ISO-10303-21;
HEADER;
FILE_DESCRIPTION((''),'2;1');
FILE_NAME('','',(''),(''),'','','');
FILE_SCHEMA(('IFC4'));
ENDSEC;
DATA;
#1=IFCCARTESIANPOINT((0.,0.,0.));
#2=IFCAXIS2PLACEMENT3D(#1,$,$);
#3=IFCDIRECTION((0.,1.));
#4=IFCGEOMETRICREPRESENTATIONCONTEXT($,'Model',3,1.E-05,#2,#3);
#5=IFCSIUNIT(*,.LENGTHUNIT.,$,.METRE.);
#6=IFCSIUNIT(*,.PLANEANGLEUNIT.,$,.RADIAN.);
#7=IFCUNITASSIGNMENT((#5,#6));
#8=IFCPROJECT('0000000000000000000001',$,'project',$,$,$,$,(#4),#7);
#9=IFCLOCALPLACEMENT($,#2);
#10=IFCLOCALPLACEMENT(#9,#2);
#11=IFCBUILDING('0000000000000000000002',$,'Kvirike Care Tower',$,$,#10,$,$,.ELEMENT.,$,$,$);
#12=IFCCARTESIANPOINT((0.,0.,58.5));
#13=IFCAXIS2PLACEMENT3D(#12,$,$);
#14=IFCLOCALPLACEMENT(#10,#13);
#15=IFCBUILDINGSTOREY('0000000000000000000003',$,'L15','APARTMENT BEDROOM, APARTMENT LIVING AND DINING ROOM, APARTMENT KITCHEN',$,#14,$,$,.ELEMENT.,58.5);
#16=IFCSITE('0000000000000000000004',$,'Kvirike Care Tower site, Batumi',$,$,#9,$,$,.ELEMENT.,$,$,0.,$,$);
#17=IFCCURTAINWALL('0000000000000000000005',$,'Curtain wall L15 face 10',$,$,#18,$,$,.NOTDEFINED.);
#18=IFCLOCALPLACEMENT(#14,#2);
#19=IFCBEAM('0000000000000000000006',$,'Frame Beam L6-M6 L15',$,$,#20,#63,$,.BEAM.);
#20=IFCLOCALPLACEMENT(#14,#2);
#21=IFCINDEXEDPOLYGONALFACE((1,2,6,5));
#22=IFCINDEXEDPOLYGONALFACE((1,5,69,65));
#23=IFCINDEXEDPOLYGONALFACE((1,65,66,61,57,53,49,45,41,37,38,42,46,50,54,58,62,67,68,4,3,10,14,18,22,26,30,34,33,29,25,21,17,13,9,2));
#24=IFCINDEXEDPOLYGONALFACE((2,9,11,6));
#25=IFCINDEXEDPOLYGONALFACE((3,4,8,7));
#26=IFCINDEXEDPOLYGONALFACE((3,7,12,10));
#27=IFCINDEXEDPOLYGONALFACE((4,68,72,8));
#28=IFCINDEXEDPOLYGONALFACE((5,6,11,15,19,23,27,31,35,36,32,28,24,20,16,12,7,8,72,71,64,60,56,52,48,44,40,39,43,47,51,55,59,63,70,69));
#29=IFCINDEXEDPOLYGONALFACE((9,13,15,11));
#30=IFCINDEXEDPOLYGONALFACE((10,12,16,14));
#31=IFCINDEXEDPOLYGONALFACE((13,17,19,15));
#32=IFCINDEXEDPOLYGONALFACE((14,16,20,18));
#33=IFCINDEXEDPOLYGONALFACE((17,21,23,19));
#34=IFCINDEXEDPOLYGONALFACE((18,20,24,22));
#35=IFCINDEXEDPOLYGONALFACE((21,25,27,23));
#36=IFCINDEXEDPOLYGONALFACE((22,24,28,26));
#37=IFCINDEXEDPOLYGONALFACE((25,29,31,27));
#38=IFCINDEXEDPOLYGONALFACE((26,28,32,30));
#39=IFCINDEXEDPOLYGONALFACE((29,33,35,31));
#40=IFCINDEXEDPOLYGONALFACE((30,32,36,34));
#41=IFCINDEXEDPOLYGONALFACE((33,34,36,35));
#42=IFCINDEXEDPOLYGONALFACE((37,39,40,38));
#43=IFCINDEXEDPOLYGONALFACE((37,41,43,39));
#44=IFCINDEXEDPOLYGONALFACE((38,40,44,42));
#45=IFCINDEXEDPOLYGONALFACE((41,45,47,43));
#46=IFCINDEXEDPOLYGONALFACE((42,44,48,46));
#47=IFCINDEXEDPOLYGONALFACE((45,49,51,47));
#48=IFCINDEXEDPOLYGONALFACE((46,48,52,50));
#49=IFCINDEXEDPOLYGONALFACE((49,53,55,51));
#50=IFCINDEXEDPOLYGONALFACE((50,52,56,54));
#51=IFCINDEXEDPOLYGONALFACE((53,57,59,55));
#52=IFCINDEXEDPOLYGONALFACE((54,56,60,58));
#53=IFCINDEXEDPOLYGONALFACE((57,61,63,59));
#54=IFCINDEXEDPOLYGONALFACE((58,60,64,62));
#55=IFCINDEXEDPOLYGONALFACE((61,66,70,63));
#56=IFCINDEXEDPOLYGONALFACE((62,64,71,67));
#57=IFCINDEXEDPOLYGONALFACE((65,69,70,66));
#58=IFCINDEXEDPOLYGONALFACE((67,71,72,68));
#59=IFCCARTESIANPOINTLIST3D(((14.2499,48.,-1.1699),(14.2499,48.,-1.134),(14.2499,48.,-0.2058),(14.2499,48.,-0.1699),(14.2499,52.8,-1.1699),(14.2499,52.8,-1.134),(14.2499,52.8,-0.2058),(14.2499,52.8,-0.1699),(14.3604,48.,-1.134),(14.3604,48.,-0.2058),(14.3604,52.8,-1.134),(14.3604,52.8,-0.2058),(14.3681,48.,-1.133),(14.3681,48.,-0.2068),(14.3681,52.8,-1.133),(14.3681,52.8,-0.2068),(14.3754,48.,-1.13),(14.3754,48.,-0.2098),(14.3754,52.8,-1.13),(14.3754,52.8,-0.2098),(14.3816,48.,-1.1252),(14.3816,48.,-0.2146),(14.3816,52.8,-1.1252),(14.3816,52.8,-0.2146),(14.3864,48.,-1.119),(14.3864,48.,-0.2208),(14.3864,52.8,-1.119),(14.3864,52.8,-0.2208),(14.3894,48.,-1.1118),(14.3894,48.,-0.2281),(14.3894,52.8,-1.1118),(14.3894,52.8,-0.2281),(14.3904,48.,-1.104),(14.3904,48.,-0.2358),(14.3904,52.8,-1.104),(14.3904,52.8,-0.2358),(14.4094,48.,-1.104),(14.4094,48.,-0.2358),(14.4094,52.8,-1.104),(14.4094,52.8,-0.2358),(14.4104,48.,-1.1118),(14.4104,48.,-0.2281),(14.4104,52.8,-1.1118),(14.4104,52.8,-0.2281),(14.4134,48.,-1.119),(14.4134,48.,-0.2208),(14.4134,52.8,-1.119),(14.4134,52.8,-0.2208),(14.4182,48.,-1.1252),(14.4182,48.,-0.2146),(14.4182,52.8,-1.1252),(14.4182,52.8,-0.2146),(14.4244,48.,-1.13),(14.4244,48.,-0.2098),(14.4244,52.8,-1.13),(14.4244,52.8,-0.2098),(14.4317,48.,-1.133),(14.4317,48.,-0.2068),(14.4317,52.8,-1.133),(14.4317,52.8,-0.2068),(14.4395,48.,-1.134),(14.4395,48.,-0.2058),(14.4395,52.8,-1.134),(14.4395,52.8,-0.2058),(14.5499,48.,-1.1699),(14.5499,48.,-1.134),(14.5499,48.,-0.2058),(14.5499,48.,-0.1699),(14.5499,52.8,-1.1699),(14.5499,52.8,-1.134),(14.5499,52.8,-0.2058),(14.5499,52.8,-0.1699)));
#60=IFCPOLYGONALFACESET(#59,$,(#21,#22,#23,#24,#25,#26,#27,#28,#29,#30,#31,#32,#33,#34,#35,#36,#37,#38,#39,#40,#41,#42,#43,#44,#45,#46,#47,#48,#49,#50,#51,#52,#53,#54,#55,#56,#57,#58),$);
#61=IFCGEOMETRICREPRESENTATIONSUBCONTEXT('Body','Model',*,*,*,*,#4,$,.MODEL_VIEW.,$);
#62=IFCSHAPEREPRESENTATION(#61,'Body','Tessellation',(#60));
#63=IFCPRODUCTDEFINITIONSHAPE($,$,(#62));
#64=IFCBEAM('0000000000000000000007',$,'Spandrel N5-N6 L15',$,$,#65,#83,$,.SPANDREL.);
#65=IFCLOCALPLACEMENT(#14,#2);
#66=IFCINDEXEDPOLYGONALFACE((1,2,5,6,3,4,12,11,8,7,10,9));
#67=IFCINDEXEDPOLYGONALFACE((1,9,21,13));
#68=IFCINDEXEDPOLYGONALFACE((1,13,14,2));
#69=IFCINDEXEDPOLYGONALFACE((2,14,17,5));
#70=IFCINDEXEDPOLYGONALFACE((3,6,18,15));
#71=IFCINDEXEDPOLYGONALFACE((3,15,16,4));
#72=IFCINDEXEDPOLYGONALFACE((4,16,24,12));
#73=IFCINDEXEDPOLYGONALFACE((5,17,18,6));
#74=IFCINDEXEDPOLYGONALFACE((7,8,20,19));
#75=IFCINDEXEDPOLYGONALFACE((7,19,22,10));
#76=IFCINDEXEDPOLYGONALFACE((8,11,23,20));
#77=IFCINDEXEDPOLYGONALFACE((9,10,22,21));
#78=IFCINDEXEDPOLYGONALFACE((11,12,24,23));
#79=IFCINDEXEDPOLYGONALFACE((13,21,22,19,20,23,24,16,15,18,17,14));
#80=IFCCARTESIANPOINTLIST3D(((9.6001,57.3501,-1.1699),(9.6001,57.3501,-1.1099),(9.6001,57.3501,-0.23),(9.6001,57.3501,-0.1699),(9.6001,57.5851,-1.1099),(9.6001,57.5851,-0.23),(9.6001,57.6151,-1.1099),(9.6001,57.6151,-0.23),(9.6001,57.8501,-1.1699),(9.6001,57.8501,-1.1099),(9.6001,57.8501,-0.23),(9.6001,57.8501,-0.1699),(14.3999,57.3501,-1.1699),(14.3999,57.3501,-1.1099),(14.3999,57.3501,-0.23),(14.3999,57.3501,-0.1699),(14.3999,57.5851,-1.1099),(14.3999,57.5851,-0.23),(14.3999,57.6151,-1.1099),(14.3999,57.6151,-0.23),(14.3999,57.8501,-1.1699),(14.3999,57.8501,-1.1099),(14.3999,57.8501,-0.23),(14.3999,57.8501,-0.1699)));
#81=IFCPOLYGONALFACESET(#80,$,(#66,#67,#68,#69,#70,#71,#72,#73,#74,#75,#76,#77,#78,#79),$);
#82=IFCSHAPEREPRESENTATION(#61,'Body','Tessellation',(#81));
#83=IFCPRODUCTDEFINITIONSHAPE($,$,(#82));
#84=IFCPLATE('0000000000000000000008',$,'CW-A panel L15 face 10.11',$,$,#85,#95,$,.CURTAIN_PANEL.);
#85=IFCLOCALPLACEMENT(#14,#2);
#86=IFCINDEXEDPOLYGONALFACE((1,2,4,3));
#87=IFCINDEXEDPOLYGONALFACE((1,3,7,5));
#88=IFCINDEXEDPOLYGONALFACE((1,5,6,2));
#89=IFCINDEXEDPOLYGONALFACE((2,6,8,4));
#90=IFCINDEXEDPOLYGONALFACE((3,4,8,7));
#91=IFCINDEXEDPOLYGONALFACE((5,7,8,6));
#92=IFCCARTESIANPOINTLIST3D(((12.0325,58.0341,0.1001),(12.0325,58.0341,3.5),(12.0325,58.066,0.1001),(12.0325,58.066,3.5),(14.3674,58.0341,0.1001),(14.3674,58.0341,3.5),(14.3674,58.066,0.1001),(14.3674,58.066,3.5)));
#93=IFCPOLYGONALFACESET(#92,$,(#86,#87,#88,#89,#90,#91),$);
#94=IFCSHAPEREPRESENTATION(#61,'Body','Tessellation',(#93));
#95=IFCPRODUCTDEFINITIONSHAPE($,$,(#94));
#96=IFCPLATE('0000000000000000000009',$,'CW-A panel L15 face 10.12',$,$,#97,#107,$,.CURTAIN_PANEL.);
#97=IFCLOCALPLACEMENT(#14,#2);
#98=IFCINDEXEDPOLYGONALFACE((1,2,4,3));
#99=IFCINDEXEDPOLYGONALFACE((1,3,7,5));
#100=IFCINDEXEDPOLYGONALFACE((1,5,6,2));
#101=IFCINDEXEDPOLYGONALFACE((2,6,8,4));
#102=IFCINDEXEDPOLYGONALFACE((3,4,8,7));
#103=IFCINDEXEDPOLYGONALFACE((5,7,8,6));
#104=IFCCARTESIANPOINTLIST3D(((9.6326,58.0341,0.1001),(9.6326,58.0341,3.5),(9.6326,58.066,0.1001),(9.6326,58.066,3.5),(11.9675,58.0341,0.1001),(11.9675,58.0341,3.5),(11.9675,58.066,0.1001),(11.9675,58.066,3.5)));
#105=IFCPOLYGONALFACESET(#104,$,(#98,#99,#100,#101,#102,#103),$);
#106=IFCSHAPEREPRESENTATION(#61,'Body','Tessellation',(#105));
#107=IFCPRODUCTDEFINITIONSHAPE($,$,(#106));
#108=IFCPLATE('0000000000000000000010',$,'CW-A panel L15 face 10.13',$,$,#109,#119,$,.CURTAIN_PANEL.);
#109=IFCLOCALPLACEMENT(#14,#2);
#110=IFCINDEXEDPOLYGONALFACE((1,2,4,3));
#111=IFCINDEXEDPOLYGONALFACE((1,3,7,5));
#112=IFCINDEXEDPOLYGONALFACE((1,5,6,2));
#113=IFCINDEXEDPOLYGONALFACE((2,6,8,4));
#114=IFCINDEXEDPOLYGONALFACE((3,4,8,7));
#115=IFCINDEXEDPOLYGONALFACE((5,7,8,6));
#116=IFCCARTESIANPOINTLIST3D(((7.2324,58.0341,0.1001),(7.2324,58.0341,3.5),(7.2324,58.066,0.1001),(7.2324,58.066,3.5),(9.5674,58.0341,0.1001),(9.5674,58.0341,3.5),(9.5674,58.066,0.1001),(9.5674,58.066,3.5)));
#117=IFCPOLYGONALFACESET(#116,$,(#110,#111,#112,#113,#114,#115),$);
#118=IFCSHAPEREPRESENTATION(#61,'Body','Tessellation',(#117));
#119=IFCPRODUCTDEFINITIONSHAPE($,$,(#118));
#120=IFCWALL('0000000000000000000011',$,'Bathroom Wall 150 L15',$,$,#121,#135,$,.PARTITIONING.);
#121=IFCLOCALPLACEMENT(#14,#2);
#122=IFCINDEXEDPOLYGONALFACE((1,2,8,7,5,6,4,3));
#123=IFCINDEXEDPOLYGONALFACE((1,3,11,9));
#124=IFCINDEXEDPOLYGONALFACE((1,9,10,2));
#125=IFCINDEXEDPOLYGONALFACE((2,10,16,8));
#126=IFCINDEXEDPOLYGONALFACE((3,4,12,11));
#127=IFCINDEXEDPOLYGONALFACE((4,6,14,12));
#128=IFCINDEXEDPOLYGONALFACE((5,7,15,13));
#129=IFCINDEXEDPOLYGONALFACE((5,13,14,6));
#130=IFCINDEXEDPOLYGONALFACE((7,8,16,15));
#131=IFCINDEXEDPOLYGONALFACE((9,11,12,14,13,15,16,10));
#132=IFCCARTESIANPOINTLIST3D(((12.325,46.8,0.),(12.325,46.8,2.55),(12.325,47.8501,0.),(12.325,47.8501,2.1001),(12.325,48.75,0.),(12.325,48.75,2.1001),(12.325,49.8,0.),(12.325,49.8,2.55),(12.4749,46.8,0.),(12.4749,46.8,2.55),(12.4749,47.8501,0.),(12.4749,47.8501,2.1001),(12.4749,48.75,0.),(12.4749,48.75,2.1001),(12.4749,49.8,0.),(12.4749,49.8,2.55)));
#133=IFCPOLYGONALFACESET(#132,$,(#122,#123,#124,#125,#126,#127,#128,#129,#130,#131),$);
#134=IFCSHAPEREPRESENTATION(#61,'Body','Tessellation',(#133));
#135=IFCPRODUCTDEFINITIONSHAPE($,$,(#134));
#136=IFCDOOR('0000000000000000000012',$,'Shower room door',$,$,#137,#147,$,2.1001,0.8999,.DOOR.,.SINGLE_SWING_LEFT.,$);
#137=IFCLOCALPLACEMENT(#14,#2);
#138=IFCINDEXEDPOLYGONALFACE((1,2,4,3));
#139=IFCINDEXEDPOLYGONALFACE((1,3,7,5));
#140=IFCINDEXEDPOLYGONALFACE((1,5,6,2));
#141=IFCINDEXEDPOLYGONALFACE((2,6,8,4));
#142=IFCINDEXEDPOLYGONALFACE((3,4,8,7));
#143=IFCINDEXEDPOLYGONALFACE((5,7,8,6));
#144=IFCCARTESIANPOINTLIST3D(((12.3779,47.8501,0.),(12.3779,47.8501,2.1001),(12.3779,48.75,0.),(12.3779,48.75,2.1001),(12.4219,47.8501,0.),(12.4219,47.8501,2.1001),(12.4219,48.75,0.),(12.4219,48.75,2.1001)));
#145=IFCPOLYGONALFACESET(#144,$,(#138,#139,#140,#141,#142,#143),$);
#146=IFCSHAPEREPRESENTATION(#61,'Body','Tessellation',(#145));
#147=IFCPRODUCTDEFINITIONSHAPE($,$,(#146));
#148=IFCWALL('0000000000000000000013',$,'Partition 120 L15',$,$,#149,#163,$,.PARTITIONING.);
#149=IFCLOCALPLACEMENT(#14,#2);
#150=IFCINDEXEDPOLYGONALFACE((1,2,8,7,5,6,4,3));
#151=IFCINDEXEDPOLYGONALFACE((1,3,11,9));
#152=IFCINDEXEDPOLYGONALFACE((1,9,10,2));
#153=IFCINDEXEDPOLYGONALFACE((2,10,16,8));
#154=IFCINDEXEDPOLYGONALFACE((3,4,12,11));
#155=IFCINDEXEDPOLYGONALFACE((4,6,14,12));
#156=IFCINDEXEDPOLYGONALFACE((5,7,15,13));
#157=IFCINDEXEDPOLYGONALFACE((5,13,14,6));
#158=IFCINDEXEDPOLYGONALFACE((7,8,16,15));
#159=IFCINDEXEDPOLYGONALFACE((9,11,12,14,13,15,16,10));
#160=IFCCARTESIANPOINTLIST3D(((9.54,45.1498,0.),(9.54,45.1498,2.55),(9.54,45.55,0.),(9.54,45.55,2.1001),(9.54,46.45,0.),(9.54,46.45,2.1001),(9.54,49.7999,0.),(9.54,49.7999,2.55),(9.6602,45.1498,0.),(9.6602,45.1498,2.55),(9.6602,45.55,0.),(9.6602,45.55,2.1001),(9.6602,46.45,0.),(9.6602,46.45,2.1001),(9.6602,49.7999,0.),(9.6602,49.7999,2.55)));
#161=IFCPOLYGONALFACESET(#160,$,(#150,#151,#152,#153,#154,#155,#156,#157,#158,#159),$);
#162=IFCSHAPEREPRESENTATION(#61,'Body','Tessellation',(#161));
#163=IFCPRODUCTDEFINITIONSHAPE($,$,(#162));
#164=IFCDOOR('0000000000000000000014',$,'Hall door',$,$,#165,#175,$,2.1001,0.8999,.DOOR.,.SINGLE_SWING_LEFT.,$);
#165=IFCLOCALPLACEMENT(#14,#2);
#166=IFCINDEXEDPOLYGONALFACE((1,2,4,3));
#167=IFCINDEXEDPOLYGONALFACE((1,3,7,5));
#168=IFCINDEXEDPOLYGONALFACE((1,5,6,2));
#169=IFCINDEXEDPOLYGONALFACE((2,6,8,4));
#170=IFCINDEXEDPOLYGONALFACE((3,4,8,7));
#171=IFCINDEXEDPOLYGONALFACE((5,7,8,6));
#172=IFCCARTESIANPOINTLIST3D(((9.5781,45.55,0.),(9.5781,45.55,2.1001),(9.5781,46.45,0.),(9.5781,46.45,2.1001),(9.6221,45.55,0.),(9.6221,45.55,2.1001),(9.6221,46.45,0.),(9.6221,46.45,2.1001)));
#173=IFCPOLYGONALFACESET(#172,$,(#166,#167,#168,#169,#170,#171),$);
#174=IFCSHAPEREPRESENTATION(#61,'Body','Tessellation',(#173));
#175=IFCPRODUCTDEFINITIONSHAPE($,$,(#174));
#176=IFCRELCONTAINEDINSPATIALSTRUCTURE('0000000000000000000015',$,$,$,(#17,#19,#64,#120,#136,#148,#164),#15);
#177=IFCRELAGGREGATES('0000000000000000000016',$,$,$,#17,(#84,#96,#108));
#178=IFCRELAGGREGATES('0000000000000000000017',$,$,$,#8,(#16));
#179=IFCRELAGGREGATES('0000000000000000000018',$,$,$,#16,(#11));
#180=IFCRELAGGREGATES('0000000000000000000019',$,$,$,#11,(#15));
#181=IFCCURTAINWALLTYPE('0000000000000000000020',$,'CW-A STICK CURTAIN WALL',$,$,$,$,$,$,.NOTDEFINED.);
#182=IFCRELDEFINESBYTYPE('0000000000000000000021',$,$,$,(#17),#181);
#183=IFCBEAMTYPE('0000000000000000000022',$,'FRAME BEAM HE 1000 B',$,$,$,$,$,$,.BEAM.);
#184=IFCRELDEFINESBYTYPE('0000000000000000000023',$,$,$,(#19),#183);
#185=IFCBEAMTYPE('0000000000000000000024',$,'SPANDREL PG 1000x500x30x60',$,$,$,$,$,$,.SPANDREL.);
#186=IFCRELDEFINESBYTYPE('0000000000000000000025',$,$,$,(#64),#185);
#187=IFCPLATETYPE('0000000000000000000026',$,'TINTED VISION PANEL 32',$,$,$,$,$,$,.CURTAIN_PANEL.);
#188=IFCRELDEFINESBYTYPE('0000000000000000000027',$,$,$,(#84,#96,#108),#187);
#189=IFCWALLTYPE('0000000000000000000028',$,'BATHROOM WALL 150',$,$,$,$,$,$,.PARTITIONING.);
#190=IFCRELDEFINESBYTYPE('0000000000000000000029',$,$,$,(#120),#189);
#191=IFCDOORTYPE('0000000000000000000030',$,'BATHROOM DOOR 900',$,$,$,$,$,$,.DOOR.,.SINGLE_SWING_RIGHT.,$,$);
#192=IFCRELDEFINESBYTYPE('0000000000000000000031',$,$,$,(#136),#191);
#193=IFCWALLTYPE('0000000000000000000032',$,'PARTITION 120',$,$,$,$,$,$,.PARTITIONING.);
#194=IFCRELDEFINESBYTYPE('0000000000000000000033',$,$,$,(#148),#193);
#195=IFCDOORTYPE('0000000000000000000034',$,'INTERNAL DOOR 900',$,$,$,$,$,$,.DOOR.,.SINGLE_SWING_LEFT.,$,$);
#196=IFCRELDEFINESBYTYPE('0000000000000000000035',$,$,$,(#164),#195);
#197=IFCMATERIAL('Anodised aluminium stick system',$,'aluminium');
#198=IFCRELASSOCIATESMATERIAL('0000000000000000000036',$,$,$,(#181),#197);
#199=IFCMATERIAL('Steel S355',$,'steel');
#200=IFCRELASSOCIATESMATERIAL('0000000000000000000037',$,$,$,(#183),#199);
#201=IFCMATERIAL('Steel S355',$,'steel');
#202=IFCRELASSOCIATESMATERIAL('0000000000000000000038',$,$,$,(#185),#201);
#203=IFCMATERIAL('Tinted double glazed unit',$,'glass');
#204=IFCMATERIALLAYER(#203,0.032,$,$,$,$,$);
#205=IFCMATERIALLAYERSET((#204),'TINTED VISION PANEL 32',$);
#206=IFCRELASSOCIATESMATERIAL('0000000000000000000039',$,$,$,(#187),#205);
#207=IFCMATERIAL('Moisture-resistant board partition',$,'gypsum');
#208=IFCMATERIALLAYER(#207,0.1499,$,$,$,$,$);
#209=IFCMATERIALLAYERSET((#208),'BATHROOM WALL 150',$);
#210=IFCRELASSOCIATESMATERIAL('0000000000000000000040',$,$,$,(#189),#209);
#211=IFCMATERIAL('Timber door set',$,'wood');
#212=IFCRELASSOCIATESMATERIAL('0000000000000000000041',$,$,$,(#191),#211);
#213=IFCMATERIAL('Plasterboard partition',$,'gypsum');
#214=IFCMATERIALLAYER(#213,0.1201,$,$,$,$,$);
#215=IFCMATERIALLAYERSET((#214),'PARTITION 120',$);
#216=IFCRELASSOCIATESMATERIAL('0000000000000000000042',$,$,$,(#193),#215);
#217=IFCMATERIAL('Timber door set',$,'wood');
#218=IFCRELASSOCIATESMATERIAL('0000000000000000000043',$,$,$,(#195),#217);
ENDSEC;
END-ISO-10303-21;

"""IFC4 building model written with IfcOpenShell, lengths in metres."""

from ifc_helpers import new_model, si_unit, direction, frame, frame_2d, origin, origin_2d, place, context, subcontext, project, spatial, rectangle, i_section, extrude, material, layer, layer_set, material_profile, profile_set, type_object, element, fill, aggregate, save


model = new_model("IFC4")

# Units and contexts
model_context = context("Model", 3, precision=1e-05, world=origin(), true_north=direction((0.0, 1.0)))
body_context = subcontext(model_context, "Body", "Model", "MODEL_VIEW")
ifc_project = project(units=[si_unit("LENGTHUNIT", "METRE"), si_unit("PLANEANGLEUNIT", "RADIAN")], contexts=[model_context])

# Site, building, storey
site_placement = place(None, origin())
site = spatial("IfcSite", under=ifc_project, at=site_placement, Name="Kvirike Care Tower site, Batumi", CompositionType="ELEMENT", RefElevation=0.0)
building_placement = place(site_placement, origin())
building = spatial("IfcBuilding", under=site, at=building_placement, Name="Kvirike Care Tower", CompositionType="ELEMENT")
storey_placement = place(building_placement, frame((0.0, 0.0, 58.5)))
storey = spatial("IfcBuildingStorey", under=building, at=storey_placement, Name="L15", Description="APARTMENT BEDROOM, APARTMENT LIVING AND DINING ROOM, APARTMENT KITCHEN", CompositionType="ELEMENT", Elevation=58.5)

# Curtain wall
ifc_material_1 = material(Name="Anodised aluminium stick system", Category="aluminium")
curtain_wall_type = type_object("IfcCurtainWallType", Name="CW-A STICK CURTAIN WALL", PredefinedType="NOTDEFINED", material=ifc_material_1)
curtain_wall_placement = place(storey_placement, origin())
curtain_wall = element("IfcCurtainWall", 1, at=curtain_wall_placement, inside=storey, type_object=curtain_wall_type, Name="Curtain wall L15 face 10", PredefinedType="NOTDEFINED")

# Beams
ifc_material_2 = material(Name="Steel S355", Category="steel")
ifc_material_profile_1 = material_profile(ifc_material_2, i_section(OverallWidth=0.3, OverallDepth=1.0, WebThickness=0.019, FlangeThickness=0.0359, FilletRadius=0.03, at=origin_2d()), Name="HE 1000 B")
ifc_profile_set_1 = profile_set([ifc_material_profile_1], Name="Steel S355")
beam_type_1 = type_object("IfcBeamType", Name="FRAME BEAM HE 1000 B", PredefinedType="BEAM", material=ifc_profile_set_1)
beam_1_placement = place(storey_placement, frame((14.3999, 48.0, -0.6699), z_axis=(0.0, 1.0, 0.0), x_axis=(-1.0, 0.0, 0.0)))
element("IfcBeam", 2, at=beam_1_placement, inside=storey, type_object=beam_type_1, Name="Frame Beam L6-M6 L15", PredefinedType="BEAM", context=body_context, shape_type="SweptSolid", body=[
    extrude(i_section(OverallWidth=0.3, OverallDepth=1.0, WebThickness=0.019, FlangeThickness=0.0359, FilletRadius=0.03, at=origin_2d()), origin(), (0.0, 0.0, 1.0), 4.8),
])
ifc_material_3 = material(Name="Steel S355", Category="steel")
ifc_material_profile_2 = material_profile(ifc_material_3, i_section(OverallWidth=0.5, OverallDepth=1.0, WebThickness=0.03, FlangeThickness=0.0601, at=origin_2d()), Name="PG 1000x500x30x60")
ifc_profile_set_2 = profile_set([ifc_material_profile_2], Name="Steel S355")
beam_type_2 = type_object("IfcBeamType", Name="SPANDREL PG 1000x500x30x60", PredefinedType="SPANDREL", material=ifc_profile_set_2)
beam_2_placement = place(storey_placement, frame((9.6001, 57.6001, -0.6699), z_axis=(1.0, 0.0, 0.0), x_axis=(0.0, 1.0, 0.0)))
element("IfcBeam", 3, at=beam_2_placement, inside=storey, type_object=beam_type_2, Name="Spandrel N5-N6 L15", PredefinedType="SPANDREL", context=body_context, shape_type="SweptSolid", body=[
    extrude(i_section(OverallWidth=0.5, OverallDepth=1.0, WebThickness=0.03, FlangeThickness=0.0601, at=origin_2d()), origin(), (0.0, 0.0, 1.0), 4.7998),
])

# Plates
ifc_material_4 = material(Name="Tinted double glazed unit", Category="glass")
ifc_layer_1 = layer(ifc_material_4, 0.032)
ifc_layer_set_1 = layer_set([ifc_layer_1], Name="TINTED VISION PANEL 32")
plate_type = type_object("IfcPlateType", Name="TINTED VISION PANEL 32", PredefinedType="CURTAIN_PANEL", material=ifc_layer_set_1)
plate_1_placement = place(storey_placement, frame((13.2, 58.05, 0.1001), z_axis=(0.0, 0.0, 1.0), x_axis=(-1.0, 0.0, 0.0)))
plate_1 = element("IfcPlate", 4, at=plate_1_placement, type_object=plate_type, Name="CW-A panel L15 face 10.11", PredefinedType="CURTAIN_PANEL", context=body_context, shape_type="SweptSolid", body=[
    extrude(rectangle(XDim=2.335, YDim=0.032, at=origin_2d()), origin(), (0.0, 0.0, 1.0), 3.3999),
])
plate_2_placement = place(storey_placement, frame((10.8, 58.05, 0.1001), z_axis=(0.0, 0.0, 1.0), x_axis=(-1.0, 0.0, 0.0)))
plate_2 = element("IfcPlate", 5, at=plate_2_placement, type_object=plate_type, Name="CW-A panel L15 face 10.12", PredefinedType="CURTAIN_PANEL", context=body_context, shape_type="SweptSolid", body=[
    extrude(rectangle(XDim=2.335, YDim=0.032, at=origin_2d()), origin(), (0.0, 0.0, 1.0), 3.3999),
])
plate_3_placement = place(storey_placement, frame((8.3999, 58.05, 0.1001), z_axis=(0.0, 0.0, 1.0), x_axis=(-1.0, 0.0, 0.0)))
plate_3 = element("IfcPlate", 6, at=plate_3_placement, type_object=plate_type, Name="CW-A panel L15 face 10.13", PredefinedType="CURTAIN_PANEL", context=body_context, shape_type="SweptSolid", body=[
    extrude(rectangle(XDim=2.335, YDim=0.032, at=origin_2d()), origin(), (0.0, 0.0, 1.0), 3.3999),
])
aggregate(curtain_wall, [plate_1, plate_2, plate_3])

# Walls, openings, doors
ifc_material_5 = material(Name="Moisture-resistant board partition", Category="gypsum")
ifc_layer_2 = layer(ifc_material_5, 0.1499)
ifc_layer_set_2 = layer_set([ifc_layer_2], Name="BATHROOM WALL 150")
wall_type_1 = type_object("IfcWallType", Name="BATHROOM WALL 150", PredefinedType="PARTITIONING", material=ifc_layer_set_2)
wall_1_placement = place(storey_placement, frame((12.3999, 49.8, 0.0), z_axis=(0.0, 0.0, 1.0), x_axis=(0.0, -1.0, 0.0)))
wall_1 = element("IfcWall", 7, at=wall_1_placement, inside=storey, type_object=wall_type_1, Name="Bathroom Wall 150 L15", PredefinedType="PARTITIONING", context=body_context, shape_type="SweptSolid", body=[
    extrude(rectangle(XDim=3.0, YDim=0.1499, at=frame_2d((1.5, 0.0))), origin(), (0.0, 0.0, 1.0), 2.55),
])
opening_1_placement = place(wall_1_placement, frame((1.05, 0.0, 0.0)))
opening_1 = element("IfcOpeningElement", 8, at=opening_1_placement, cuts=wall_1, PredefinedType="OPENING", context=body_context, shape_type="SweptSolid", body=[
    extrude(rectangle(XDim=0.8999, YDim=2.1001, at=frame_2d((0.45, 1.05))), frame((0.0, 0.0854, 0.0), z_axis=(0.0, -1.0, 0.0), x_axis=(1.0, 0.0, 0.0)), (0.0, 0.0, 1.0), 0.1709),
])
ifc_material_6 = material(Name="Timber door set", Category="wood")
door_type_1 = type_object("IfcDoorType", Name="BATHROOM DOOR 900", OperationType="SINGLE_SWING_RIGHT", PredefinedType="DOOR", material=ifc_material_6)
door_1_placement = place(opening_1_placement, frame((0.8999, 0.0, 0.0), z_axis=(0.0, 0.0, 1.0), x_axis=(-1.0, 0.0, 0.0)))
door_1 = element("IfcDoor", 9, at=door_1_placement, inside=storey, type_object=door_type_1, Name="Shower room door", OperationType="SINGLE_SWING_LEFT", OverallHeight=2.1001, OverallWidth=0.8999, PredefinedType="DOOR", context=body_context, shape_type="SweptSolid", body=[
    extrude(rectangle(XDim=0.8999, YDim=2.1001, at=frame_2d((0.45, 1.05))), frame((0.0, 0.022, 0.0), z_axis=(0.0, -1.0, 0.0), x_axis=(1.0, 0.0, 0.0)), (0.0, 0.0, 1.0), 0.0439),
])
fill(opening_1, door_1)
ifc_material_7 = material(Name="Plasterboard partition", Category="gypsum")
ifc_layer_3 = layer(ifc_material_7, 0.1201)
ifc_layer_set_3 = layer_set([ifc_layer_3], Name="PARTITION 120")
wall_type_2 = type_object("IfcWallType", Name="PARTITION 120", PredefinedType="PARTITIONING", material=ifc_layer_set_3)
wall_2_placement = place(storey_placement, frame((9.6001, 49.8, 0.0), z_axis=(0.0, 0.0, 1.0), x_axis=(0.0, -1.0, 0.0)))
wall_2 = element("IfcWall", 10, at=wall_2_placement, inside=storey, type_object=wall_type_2, Name="Partition 120 L15", PredefinedType="PARTITIONING", context=body_context, shape_type="SweptSolid", body=[
    extrude(rectangle(XDim=4.6501, YDim=0.1201, at=frame_2d((2.3252, 0.0))), origin(), (0.0, 0.0, 1.0), 2.55),
])
opening_2_placement = place(wall_2_placement, frame((3.3501, 0.0, 0.0)))
opening_2 = element("IfcOpeningElement", 11, at=opening_2_placement, cuts=wall_2, PredefinedType="OPENING", context=body_context, shape_type="SweptSolid", body=[
    extrude(rectangle(XDim=0.8999, YDim=2.1001, at=frame_2d((0.45, 1.05))), frame((0.0, 0.0706, 0.0), z_axis=(0.0, -1.0, 0.0), x_axis=(1.0, 0.0, 0.0)), (0.0, 0.0, 1.0), 0.1411),
])
ifc_material_8 = material(Name="Timber door set", Category="wood")
door_type_2 = type_object("IfcDoorType", Name="INTERNAL DOOR 900", OperationType="SINGLE_SWING_LEFT", PredefinedType="DOOR", material=ifc_material_8)
door_2_placement = place(opening_2_placement, origin())
door_2 = element("IfcDoor", 12, at=door_2_placement, inside=storey, type_object=door_type_2, Name="Hall door", OperationType="SINGLE_SWING_LEFT", OverallHeight=2.1001, OverallWidth=0.8999, PredefinedType="DOOR", context=body_context, shape_type="SweptSolid", body=[
    extrude(rectangle(XDim=0.8999, YDim=2.1001, at=frame_2d((0.45, 1.05))), frame((0.0, 0.022, 0.0), z_axis=(0.0, -1.0, 0.0), x_axis=(1.0, 0.0, 0.0)), (0.0, 0.0, 1.0), 0.0439),
])
fill(opening_2, door_2)

save(model, "model.ifc")
